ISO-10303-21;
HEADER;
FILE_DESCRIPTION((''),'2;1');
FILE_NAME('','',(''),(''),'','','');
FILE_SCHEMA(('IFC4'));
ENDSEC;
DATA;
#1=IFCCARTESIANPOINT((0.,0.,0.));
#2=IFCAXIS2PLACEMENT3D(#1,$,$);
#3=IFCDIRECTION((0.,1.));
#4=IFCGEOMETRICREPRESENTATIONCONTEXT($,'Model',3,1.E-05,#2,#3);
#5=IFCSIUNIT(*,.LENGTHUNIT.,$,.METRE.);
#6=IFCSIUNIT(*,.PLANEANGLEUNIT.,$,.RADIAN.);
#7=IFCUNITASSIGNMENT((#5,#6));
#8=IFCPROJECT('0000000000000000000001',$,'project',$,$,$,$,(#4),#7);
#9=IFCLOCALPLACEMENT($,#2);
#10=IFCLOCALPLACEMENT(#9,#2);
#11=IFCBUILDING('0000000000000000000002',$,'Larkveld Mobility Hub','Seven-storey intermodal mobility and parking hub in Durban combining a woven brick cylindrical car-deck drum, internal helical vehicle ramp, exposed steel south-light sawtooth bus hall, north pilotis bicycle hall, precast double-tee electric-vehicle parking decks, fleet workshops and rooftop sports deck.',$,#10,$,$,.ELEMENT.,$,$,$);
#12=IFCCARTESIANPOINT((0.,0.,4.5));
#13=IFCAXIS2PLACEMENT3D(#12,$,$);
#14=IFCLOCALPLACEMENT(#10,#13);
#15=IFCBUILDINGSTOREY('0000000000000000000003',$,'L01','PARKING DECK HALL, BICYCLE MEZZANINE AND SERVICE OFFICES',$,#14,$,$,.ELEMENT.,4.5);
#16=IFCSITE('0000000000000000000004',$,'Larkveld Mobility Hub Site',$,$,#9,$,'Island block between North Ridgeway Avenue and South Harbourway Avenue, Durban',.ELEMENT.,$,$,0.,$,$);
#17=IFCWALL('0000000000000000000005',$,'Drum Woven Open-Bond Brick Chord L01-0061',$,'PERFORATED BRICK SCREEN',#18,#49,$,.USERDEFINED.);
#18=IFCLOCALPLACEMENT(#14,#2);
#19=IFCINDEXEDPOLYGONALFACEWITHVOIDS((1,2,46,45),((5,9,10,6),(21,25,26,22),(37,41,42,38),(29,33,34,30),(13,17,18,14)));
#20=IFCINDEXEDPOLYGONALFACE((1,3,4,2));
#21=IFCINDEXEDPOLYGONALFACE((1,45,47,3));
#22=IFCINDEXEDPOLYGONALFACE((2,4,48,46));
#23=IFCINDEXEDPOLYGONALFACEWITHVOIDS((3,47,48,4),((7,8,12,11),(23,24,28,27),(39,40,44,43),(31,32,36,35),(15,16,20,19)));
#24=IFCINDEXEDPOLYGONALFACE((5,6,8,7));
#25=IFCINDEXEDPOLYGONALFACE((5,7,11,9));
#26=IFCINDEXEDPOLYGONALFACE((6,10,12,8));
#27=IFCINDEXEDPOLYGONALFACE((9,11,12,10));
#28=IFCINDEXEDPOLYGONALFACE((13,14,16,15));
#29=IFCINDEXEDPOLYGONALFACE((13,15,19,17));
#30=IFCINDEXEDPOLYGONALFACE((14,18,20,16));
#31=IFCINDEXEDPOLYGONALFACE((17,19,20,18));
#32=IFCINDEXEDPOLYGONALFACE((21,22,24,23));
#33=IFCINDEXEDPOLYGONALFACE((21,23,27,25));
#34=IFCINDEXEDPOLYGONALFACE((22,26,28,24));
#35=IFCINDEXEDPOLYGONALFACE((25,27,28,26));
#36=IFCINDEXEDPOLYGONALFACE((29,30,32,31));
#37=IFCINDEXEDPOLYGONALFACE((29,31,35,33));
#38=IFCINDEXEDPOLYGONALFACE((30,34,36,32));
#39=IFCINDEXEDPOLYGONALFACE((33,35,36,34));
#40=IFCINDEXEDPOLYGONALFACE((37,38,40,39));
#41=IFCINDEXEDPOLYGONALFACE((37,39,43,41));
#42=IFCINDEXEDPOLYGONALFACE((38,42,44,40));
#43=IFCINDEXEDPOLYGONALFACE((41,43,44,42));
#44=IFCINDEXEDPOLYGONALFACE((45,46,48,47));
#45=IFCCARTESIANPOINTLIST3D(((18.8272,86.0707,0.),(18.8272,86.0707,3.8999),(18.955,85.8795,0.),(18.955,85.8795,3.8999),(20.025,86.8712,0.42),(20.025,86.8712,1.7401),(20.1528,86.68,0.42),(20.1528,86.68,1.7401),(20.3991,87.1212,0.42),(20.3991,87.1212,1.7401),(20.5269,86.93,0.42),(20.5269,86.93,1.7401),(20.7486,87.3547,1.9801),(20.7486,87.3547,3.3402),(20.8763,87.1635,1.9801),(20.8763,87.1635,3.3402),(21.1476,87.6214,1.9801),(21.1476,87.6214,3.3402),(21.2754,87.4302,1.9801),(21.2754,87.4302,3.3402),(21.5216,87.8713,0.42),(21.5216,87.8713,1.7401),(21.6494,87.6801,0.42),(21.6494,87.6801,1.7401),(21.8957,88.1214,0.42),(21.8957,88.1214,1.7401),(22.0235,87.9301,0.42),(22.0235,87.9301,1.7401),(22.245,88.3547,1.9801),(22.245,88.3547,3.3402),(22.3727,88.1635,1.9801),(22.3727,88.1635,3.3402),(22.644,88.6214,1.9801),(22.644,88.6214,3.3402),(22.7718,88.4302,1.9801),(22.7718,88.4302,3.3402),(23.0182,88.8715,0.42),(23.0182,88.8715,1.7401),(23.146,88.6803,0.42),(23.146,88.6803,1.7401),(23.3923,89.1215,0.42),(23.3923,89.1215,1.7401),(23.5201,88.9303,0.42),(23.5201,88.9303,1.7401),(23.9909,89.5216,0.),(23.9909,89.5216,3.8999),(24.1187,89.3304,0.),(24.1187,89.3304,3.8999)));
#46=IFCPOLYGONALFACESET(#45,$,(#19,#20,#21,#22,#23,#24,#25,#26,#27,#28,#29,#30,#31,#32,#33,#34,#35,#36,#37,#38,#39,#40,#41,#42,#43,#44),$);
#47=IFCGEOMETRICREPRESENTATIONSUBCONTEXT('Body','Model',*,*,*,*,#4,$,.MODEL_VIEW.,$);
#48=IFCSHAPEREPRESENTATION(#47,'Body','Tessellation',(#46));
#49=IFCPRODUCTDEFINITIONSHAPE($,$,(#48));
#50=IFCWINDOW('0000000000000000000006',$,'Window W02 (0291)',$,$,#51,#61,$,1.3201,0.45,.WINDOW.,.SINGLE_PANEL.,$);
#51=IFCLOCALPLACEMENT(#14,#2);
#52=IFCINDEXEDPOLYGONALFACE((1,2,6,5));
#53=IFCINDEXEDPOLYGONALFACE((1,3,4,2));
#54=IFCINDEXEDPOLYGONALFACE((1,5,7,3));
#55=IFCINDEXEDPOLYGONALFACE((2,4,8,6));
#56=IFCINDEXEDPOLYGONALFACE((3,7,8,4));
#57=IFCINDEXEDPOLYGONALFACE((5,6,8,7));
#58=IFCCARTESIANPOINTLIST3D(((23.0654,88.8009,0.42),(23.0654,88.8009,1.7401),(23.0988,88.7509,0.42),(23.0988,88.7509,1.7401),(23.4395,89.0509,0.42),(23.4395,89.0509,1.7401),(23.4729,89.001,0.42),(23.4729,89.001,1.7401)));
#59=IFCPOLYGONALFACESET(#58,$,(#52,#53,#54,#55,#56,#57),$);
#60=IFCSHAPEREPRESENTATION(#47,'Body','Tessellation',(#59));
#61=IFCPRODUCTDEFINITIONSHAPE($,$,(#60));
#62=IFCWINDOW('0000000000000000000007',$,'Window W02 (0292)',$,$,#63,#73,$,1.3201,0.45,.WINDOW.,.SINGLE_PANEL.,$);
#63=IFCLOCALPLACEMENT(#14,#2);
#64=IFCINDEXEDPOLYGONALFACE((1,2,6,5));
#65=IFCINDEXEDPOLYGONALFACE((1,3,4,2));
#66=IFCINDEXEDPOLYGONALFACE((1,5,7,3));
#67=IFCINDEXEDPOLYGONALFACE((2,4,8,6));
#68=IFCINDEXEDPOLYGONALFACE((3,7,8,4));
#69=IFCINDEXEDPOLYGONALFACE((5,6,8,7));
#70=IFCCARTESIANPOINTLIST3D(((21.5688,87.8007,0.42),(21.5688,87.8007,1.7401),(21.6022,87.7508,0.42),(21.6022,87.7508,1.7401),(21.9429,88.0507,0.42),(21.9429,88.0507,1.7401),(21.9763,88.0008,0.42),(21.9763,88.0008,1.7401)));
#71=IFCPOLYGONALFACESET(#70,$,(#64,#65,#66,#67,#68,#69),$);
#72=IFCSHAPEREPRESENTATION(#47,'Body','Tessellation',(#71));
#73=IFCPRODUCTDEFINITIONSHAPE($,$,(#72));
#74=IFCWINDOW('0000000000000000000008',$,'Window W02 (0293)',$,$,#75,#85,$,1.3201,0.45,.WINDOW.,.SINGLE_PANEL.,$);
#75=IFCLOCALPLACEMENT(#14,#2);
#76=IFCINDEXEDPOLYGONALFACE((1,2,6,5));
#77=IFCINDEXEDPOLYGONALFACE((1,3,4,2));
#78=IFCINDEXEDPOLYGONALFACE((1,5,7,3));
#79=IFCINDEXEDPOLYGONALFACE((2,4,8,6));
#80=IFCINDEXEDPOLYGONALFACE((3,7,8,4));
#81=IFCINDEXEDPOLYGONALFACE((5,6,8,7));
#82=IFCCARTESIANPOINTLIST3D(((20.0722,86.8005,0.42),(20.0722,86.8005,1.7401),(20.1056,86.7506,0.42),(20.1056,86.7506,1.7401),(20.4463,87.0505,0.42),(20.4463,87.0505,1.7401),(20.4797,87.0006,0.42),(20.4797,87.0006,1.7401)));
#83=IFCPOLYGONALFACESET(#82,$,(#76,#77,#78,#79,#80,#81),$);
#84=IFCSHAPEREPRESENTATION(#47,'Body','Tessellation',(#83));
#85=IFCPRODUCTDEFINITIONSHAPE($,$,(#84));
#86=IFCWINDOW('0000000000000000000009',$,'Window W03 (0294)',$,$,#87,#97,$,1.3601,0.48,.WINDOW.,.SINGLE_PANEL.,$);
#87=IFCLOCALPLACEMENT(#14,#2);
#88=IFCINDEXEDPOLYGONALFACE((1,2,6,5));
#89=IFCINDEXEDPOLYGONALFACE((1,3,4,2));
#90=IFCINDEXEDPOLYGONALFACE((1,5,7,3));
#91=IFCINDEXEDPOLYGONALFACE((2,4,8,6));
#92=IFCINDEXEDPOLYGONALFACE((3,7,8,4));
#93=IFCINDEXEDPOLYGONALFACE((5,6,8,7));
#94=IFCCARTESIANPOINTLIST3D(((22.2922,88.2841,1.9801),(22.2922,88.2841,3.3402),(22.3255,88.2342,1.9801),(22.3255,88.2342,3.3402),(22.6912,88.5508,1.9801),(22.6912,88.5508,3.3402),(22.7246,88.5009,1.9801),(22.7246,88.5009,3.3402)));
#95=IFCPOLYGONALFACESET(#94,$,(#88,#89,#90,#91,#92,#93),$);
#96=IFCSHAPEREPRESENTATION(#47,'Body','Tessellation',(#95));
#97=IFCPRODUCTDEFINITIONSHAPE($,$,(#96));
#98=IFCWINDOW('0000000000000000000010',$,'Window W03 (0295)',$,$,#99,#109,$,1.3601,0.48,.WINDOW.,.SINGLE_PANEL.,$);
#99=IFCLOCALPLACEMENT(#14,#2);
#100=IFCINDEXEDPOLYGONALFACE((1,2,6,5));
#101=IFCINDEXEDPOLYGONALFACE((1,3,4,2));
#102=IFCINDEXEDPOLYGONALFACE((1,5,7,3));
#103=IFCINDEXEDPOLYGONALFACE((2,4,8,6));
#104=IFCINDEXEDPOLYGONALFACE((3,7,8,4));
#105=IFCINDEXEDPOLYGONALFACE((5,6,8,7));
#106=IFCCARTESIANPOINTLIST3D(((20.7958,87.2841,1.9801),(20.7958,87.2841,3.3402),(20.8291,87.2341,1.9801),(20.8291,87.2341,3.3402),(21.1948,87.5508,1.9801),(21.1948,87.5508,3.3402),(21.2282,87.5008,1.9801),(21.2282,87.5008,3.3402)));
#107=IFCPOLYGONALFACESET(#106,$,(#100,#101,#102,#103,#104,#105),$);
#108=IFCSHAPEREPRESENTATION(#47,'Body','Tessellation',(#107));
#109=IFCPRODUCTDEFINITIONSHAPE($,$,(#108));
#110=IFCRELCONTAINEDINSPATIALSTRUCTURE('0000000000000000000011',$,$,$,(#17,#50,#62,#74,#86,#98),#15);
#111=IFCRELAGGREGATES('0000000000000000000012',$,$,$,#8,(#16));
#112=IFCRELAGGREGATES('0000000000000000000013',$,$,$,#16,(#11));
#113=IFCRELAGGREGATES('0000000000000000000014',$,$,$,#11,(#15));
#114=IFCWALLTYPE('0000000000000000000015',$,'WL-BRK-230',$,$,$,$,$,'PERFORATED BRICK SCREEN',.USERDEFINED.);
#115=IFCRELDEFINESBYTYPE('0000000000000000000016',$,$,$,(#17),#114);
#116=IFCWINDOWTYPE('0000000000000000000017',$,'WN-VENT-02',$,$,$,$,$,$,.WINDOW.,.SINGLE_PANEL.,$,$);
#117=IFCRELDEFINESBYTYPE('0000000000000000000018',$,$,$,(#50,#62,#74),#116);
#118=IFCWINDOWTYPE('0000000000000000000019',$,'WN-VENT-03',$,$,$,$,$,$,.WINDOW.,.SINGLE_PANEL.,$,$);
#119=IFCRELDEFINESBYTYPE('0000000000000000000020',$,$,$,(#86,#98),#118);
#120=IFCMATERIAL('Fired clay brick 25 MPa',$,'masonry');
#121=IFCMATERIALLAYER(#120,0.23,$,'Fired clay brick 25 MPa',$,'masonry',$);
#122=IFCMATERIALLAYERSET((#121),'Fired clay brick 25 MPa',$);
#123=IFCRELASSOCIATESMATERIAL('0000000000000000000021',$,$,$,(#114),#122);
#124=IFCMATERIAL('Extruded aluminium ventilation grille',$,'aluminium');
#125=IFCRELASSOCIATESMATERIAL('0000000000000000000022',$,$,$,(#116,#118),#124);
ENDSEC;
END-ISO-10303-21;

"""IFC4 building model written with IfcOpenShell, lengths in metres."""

from ifc_helpers import new_model, si_unit, direction, frame, frame_2d, origin, place, context, subcontext, project, spatial, rectangle, extrude, material, layer, layer_set, type_object, element, fill, save


model = new_model("IFC4")

# Units and contexts
model_context = context("Model", 3, precision=1e-05, world=origin(), true_north=direction((0.0, 1.0)))
body_context = subcontext(model_context, "Body", "Model", "MODEL_VIEW")
ifc_project = project(units=[si_unit("LENGTHUNIT", "METRE"), si_unit("PLANEANGLEUNIT", "RADIAN")], contexts=[model_context])

# Site, building, storey
site_placement = place(None, origin())
site = spatial("IfcSite", under=ifc_project, at=site_placement, Name="Larkveld Mobility Hub Site", LongName="Island block between North Ridgeway Avenue and South Harbourway Avenue, Durban", CompositionType="ELEMENT", RefElevation=0.0)
building_placement = place(site_placement, origin())
building = spatial("IfcBuilding", under=site, at=building_placement, Name="Larkveld Mobility Hub", Description="Seven-storey intermodal mobility and parking hub in Durban combining a woven brick cylindrical car-deck drum, internal helical vehicle ramp, exposed steel south-light sawtooth bus hall, north pilotis bicycle hall, precast double-tee electric-vehicle parking decks, fleet workshops and rooftop sports deck.", CompositionType="ELEMENT")
storey_placement = place(building_placement, frame((0.0, 0.0, 4.5)))
storey = spatial("IfcBuildingStorey", under=building, at=storey_placement, Name="L01", Description="PARKING DECK HALL, BICYCLE MEZZANINE AND SERVICE OFFICES", CompositionType="ELEMENT", Elevation=4.5)

# Wall, openings, windows
ifc_material_1 = material(Name="Fired clay brick 25 MPa", Category="masonry")
ifc_layer_1 = layer(ifc_material_1, 0.23, Name="Fired clay brick 25 MPa", Category="masonry")
ifc_layer_set_1 = layer_set([ifc_layer_1], Name="Fired clay brick 25 MPa")
wall_type_1 = type_object("IfcWallType", Name="WL-BRK-230", ElementType="PERFORATED BRICK SCREEN", PredefinedType="USERDEFINED", material=ifc_layer_set_1)
wall_1_placement = place(storey_placement, frame((24.0549, 89.426, 0.0), z_axis=(0.0, 0.0, 1.0), x_axis=(-0.831427, -0.555634, 0.0)))
wall_1 = element("IfcWall", 1, at=wall_1_placement, inside=storey, type_object=wall_type_1, Name="Drum Woven Open-Bond Brick Chord L01-0061", ObjectType="PERFORATED BRICK SCREEN", PredefinedType="USERDEFINED", context=body_context, shape_type="SweptSolid", body=[
    extrude(rectangle(XDim=6.2107, YDim=0.23, at=frame_2d((3.1055, 0.0))), origin(), (0.0, 0.0, 1.0), 3.8999),
])
opening_1_placement = place(wall_1_placement, frame((0.72, 0.0, 0.4199)))
opening_1 = element("IfcOpeningElement", 2, at=opening_1_placement, cuts=wall_1, PredefinedType="OPENING", context=body_context, shape_type="SweptSolid", body=[
    extrude(rectangle(XDim=0.45, YDim=1.3201, at=frame_2d((0.2251, 0.6602))), frame((0.0, 0.125, 0.0), z_axis=(0.0, -1.0, 0.0), x_axis=(1.0, 0.0, 0.0)), (0.0, 0.0, 1.0), 0.25),
])
opening_2_placement = place(wall_1_placement, frame((2.52, 0.0, 0.4199)))
opening_2 = element("IfcOpeningElement", 3, at=opening_2_placement, cuts=wall_1, PredefinedType="OPENING", context=body_context, shape_type="SweptSolid", body=[
    extrude(rectangle(XDim=0.45, YDim=1.3201, at=frame_2d((0.2251, 0.6602))), frame((0.0, 0.125, 0.0), z_axis=(0.0, -1.0, 0.0), x_axis=(1.0, 0.0, 0.0)), (0.0, 0.0, 1.0), 0.25),
])
opening_3_placement = place(wall_1_placement, frame((4.3201, 0.0, 0.4199)))
opening_3 = element("IfcOpeningElement", 4, at=opening_3_placement, cuts=wall_1, PredefinedType="OPENING", context=body_context, shape_type="SweptSolid", body=[
    extrude(rectangle(XDim=0.45, YDim=1.3201, at=frame_2d((0.2251, 0.6602))), frame((0.0, 0.125, 0.0), z_axis=(0.0, -1.0, 0.0), x_axis=(1.0, 0.0, 0.0)), (0.0, 0.0, 1.0), 0.25),
])
opening_4_placement = place(wall_1_placement, frame((1.6201, 0.0, 1.98)))
opening_4 = element("IfcOpeningElement", 5, at=opening_4_placement, cuts=wall_1, PredefinedType="OPENING", context=body_context, shape_type="SweptSolid", body=[
    extrude(rectangle(XDim=0.48, YDim=1.3601, at=frame_2d((0.24, 0.6802))), frame((0.0, 0.125, 0.0), z_axis=(0.0, -1.0, 0.0), x_axis=(1.0, 0.0, 0.0)), (0.0, 0.0, 1.0), 0.25),
])
opening_5_placement = place(wall_1_placement, frame((3.4199, 0.0, 1.98)))
opening_5 = element("IfcOpeningElement", 6, at=opening_5_placement, cuts=wall_1, PredefinedType="OPENING", context=body_context, shape_type="SweptSolid", body=[
    extrude(rectangle(XDim=0.48, YDim=1.3601, at=frame_2d((0.24, 0.6802))), frame((0.0, 0.125, 0.0), z_axis=(0.0, -1.0, 0.0), x_axis=(1.0, 0.0, 0.0)), (0.0, 0.0, 1.0), 0.25),
])
ifc_material_2 = material(Name="Extruded aluminium ventilation grille", Category="aluminium")
window_type_1 = type_object("IfcWindowType", Name="WN-VENT-02", PartitioningType="SINGLE_PANEL", PredefinedType="WINDOW", material=ifc_material_2)
window_1_placement = place(opening_1_placement, origin())
window_1 = element("IfcWindow", 7, at=window_1_placement, inside=storey, type_object=window_type_1, Name="Window W02 (0291)", OverallHeight=1.3201, OverallWidth=0.45, PartitioningType="SINGLE_PANEL", PredefinedType="WINDOW", context=body_context, shape_type="SweptSolid", body=[
    extrude(rectangle(XDim=0.45, YDim=1.3201, at=frame_2d((0.2251, 0.6602))), frame((0.0, 0.03, 0.0), z_axis=(0.0, -1.0, 0.0), x_axis=(1.0, 0.0, 0.0)), (0.0, 0.0, 1.0), 0.0601),
])
fill(opening_1, window_1)
window_2_placement = place(opening_2_placement, origin())
window_2 = element("IfcWindow", 8, at=window_2_placement, inside=storey, type_object=window_type_1, Name="Window W02 (0292)", OverallHeight=1.3201, OverallWidth=0.45, PartitioningType="SINGLE_PANEL", PredefinedType="WINDOW", context=body_context, shape_type="SweptSolid", body=[
    extrude(rectangle(XDim=0.45, YDim=1.3201, at=frame_2d((0.2251, 0.6602))), frame((0.0, 0.03, 0.0), z_axis=(0.0, -1.0, 0.0), x_axis=(1.0, 0.0, 0.0)), (0.0, 0.0, 1.0), 0.0601),
])
fill(opening_2, window_2)
window_3_placement = place(opening_3_placement, origin())
window_3 = element("IfcWindow", 9, at=window_3_placement, inside=storey, type_object=window_type_1, Name="Window W02 (0293)", OverallHeight=1.3201, OverallWidth=0.45, PartitioningType="SINGLE_PANEL", PredefinedType="WINDOW", context=body_context, shape_type="SweptSolid", body=[
    extrude(rectangle(XDim=0.45, YDim=1.3201, at=frame_2d((0.2251, 0.6602))), frame((0.0, 0.03, 0.0), z_axis=(0.0, -1.0, 0.0), x_axis=(1.0, 0.0, 0.0)), (0.0, 0.0, 1.0), 0.0601),
])
fill(opening_3, window_3)
window_type_2 = type_object("IfcWindowType", Name="WN-VENT-03", PartitioningType="SINGLE_PANEL", PredefinedType="WINDOW", material=ifc_material_2)
window_4_placement = place(opening_4_placement, origin())
window_4 = element("IfcWindow", 10, at=window_4_placement, inside=storey, type_object=window_type_2, Name="Window W03 (0294)", OverallHeight=1.3601, OverallWidth=0.48, PartitioningType="SINGLE_PANEL", PredefinedType="WINDOW", context=body_context, shape_type="SweptSolid", body=[
    extrude(rectangle(XDim=0.48, YDim=1.3601, at=frame_2d((0.24, 0.6802))), frame((0.0, 0.03, 0.0), z_axis=(0.0, -1.0, 0.0), x_axis=(1.0, 0.0, 0.0)), (0.0, 0.0, 1.0), 0.0601),
])
fill(opening_4, window_4)
window_5_placement = place(opening_5_placement, origin())
window_5 = element("IfcWindow", 11, at=window_5_placement, inside=storey, type_object=window_type_2, Name="Window W03 (0295)", OverallHeight=1.3601, OverallWidth=0.48, PartitioningType="SINGLE_PANEL", PredefinedType="WINDOW", context=body_context, shape_type="SweptSolid", body=[
    extrude(rectangle(XDim=0.48, YDim=1.3601, at=frame_2d((0.24, 0.6802))), frame((0.0, 0.03, 0.0), z_axis=(0.0, -1.0, 0.0), x_axis=(1.0, 0.0, 0.0)), (0.0, 0.0, 1.0), 0.0601),
])
fill(opening_5, window_5)

save(model, "model.ifc")
